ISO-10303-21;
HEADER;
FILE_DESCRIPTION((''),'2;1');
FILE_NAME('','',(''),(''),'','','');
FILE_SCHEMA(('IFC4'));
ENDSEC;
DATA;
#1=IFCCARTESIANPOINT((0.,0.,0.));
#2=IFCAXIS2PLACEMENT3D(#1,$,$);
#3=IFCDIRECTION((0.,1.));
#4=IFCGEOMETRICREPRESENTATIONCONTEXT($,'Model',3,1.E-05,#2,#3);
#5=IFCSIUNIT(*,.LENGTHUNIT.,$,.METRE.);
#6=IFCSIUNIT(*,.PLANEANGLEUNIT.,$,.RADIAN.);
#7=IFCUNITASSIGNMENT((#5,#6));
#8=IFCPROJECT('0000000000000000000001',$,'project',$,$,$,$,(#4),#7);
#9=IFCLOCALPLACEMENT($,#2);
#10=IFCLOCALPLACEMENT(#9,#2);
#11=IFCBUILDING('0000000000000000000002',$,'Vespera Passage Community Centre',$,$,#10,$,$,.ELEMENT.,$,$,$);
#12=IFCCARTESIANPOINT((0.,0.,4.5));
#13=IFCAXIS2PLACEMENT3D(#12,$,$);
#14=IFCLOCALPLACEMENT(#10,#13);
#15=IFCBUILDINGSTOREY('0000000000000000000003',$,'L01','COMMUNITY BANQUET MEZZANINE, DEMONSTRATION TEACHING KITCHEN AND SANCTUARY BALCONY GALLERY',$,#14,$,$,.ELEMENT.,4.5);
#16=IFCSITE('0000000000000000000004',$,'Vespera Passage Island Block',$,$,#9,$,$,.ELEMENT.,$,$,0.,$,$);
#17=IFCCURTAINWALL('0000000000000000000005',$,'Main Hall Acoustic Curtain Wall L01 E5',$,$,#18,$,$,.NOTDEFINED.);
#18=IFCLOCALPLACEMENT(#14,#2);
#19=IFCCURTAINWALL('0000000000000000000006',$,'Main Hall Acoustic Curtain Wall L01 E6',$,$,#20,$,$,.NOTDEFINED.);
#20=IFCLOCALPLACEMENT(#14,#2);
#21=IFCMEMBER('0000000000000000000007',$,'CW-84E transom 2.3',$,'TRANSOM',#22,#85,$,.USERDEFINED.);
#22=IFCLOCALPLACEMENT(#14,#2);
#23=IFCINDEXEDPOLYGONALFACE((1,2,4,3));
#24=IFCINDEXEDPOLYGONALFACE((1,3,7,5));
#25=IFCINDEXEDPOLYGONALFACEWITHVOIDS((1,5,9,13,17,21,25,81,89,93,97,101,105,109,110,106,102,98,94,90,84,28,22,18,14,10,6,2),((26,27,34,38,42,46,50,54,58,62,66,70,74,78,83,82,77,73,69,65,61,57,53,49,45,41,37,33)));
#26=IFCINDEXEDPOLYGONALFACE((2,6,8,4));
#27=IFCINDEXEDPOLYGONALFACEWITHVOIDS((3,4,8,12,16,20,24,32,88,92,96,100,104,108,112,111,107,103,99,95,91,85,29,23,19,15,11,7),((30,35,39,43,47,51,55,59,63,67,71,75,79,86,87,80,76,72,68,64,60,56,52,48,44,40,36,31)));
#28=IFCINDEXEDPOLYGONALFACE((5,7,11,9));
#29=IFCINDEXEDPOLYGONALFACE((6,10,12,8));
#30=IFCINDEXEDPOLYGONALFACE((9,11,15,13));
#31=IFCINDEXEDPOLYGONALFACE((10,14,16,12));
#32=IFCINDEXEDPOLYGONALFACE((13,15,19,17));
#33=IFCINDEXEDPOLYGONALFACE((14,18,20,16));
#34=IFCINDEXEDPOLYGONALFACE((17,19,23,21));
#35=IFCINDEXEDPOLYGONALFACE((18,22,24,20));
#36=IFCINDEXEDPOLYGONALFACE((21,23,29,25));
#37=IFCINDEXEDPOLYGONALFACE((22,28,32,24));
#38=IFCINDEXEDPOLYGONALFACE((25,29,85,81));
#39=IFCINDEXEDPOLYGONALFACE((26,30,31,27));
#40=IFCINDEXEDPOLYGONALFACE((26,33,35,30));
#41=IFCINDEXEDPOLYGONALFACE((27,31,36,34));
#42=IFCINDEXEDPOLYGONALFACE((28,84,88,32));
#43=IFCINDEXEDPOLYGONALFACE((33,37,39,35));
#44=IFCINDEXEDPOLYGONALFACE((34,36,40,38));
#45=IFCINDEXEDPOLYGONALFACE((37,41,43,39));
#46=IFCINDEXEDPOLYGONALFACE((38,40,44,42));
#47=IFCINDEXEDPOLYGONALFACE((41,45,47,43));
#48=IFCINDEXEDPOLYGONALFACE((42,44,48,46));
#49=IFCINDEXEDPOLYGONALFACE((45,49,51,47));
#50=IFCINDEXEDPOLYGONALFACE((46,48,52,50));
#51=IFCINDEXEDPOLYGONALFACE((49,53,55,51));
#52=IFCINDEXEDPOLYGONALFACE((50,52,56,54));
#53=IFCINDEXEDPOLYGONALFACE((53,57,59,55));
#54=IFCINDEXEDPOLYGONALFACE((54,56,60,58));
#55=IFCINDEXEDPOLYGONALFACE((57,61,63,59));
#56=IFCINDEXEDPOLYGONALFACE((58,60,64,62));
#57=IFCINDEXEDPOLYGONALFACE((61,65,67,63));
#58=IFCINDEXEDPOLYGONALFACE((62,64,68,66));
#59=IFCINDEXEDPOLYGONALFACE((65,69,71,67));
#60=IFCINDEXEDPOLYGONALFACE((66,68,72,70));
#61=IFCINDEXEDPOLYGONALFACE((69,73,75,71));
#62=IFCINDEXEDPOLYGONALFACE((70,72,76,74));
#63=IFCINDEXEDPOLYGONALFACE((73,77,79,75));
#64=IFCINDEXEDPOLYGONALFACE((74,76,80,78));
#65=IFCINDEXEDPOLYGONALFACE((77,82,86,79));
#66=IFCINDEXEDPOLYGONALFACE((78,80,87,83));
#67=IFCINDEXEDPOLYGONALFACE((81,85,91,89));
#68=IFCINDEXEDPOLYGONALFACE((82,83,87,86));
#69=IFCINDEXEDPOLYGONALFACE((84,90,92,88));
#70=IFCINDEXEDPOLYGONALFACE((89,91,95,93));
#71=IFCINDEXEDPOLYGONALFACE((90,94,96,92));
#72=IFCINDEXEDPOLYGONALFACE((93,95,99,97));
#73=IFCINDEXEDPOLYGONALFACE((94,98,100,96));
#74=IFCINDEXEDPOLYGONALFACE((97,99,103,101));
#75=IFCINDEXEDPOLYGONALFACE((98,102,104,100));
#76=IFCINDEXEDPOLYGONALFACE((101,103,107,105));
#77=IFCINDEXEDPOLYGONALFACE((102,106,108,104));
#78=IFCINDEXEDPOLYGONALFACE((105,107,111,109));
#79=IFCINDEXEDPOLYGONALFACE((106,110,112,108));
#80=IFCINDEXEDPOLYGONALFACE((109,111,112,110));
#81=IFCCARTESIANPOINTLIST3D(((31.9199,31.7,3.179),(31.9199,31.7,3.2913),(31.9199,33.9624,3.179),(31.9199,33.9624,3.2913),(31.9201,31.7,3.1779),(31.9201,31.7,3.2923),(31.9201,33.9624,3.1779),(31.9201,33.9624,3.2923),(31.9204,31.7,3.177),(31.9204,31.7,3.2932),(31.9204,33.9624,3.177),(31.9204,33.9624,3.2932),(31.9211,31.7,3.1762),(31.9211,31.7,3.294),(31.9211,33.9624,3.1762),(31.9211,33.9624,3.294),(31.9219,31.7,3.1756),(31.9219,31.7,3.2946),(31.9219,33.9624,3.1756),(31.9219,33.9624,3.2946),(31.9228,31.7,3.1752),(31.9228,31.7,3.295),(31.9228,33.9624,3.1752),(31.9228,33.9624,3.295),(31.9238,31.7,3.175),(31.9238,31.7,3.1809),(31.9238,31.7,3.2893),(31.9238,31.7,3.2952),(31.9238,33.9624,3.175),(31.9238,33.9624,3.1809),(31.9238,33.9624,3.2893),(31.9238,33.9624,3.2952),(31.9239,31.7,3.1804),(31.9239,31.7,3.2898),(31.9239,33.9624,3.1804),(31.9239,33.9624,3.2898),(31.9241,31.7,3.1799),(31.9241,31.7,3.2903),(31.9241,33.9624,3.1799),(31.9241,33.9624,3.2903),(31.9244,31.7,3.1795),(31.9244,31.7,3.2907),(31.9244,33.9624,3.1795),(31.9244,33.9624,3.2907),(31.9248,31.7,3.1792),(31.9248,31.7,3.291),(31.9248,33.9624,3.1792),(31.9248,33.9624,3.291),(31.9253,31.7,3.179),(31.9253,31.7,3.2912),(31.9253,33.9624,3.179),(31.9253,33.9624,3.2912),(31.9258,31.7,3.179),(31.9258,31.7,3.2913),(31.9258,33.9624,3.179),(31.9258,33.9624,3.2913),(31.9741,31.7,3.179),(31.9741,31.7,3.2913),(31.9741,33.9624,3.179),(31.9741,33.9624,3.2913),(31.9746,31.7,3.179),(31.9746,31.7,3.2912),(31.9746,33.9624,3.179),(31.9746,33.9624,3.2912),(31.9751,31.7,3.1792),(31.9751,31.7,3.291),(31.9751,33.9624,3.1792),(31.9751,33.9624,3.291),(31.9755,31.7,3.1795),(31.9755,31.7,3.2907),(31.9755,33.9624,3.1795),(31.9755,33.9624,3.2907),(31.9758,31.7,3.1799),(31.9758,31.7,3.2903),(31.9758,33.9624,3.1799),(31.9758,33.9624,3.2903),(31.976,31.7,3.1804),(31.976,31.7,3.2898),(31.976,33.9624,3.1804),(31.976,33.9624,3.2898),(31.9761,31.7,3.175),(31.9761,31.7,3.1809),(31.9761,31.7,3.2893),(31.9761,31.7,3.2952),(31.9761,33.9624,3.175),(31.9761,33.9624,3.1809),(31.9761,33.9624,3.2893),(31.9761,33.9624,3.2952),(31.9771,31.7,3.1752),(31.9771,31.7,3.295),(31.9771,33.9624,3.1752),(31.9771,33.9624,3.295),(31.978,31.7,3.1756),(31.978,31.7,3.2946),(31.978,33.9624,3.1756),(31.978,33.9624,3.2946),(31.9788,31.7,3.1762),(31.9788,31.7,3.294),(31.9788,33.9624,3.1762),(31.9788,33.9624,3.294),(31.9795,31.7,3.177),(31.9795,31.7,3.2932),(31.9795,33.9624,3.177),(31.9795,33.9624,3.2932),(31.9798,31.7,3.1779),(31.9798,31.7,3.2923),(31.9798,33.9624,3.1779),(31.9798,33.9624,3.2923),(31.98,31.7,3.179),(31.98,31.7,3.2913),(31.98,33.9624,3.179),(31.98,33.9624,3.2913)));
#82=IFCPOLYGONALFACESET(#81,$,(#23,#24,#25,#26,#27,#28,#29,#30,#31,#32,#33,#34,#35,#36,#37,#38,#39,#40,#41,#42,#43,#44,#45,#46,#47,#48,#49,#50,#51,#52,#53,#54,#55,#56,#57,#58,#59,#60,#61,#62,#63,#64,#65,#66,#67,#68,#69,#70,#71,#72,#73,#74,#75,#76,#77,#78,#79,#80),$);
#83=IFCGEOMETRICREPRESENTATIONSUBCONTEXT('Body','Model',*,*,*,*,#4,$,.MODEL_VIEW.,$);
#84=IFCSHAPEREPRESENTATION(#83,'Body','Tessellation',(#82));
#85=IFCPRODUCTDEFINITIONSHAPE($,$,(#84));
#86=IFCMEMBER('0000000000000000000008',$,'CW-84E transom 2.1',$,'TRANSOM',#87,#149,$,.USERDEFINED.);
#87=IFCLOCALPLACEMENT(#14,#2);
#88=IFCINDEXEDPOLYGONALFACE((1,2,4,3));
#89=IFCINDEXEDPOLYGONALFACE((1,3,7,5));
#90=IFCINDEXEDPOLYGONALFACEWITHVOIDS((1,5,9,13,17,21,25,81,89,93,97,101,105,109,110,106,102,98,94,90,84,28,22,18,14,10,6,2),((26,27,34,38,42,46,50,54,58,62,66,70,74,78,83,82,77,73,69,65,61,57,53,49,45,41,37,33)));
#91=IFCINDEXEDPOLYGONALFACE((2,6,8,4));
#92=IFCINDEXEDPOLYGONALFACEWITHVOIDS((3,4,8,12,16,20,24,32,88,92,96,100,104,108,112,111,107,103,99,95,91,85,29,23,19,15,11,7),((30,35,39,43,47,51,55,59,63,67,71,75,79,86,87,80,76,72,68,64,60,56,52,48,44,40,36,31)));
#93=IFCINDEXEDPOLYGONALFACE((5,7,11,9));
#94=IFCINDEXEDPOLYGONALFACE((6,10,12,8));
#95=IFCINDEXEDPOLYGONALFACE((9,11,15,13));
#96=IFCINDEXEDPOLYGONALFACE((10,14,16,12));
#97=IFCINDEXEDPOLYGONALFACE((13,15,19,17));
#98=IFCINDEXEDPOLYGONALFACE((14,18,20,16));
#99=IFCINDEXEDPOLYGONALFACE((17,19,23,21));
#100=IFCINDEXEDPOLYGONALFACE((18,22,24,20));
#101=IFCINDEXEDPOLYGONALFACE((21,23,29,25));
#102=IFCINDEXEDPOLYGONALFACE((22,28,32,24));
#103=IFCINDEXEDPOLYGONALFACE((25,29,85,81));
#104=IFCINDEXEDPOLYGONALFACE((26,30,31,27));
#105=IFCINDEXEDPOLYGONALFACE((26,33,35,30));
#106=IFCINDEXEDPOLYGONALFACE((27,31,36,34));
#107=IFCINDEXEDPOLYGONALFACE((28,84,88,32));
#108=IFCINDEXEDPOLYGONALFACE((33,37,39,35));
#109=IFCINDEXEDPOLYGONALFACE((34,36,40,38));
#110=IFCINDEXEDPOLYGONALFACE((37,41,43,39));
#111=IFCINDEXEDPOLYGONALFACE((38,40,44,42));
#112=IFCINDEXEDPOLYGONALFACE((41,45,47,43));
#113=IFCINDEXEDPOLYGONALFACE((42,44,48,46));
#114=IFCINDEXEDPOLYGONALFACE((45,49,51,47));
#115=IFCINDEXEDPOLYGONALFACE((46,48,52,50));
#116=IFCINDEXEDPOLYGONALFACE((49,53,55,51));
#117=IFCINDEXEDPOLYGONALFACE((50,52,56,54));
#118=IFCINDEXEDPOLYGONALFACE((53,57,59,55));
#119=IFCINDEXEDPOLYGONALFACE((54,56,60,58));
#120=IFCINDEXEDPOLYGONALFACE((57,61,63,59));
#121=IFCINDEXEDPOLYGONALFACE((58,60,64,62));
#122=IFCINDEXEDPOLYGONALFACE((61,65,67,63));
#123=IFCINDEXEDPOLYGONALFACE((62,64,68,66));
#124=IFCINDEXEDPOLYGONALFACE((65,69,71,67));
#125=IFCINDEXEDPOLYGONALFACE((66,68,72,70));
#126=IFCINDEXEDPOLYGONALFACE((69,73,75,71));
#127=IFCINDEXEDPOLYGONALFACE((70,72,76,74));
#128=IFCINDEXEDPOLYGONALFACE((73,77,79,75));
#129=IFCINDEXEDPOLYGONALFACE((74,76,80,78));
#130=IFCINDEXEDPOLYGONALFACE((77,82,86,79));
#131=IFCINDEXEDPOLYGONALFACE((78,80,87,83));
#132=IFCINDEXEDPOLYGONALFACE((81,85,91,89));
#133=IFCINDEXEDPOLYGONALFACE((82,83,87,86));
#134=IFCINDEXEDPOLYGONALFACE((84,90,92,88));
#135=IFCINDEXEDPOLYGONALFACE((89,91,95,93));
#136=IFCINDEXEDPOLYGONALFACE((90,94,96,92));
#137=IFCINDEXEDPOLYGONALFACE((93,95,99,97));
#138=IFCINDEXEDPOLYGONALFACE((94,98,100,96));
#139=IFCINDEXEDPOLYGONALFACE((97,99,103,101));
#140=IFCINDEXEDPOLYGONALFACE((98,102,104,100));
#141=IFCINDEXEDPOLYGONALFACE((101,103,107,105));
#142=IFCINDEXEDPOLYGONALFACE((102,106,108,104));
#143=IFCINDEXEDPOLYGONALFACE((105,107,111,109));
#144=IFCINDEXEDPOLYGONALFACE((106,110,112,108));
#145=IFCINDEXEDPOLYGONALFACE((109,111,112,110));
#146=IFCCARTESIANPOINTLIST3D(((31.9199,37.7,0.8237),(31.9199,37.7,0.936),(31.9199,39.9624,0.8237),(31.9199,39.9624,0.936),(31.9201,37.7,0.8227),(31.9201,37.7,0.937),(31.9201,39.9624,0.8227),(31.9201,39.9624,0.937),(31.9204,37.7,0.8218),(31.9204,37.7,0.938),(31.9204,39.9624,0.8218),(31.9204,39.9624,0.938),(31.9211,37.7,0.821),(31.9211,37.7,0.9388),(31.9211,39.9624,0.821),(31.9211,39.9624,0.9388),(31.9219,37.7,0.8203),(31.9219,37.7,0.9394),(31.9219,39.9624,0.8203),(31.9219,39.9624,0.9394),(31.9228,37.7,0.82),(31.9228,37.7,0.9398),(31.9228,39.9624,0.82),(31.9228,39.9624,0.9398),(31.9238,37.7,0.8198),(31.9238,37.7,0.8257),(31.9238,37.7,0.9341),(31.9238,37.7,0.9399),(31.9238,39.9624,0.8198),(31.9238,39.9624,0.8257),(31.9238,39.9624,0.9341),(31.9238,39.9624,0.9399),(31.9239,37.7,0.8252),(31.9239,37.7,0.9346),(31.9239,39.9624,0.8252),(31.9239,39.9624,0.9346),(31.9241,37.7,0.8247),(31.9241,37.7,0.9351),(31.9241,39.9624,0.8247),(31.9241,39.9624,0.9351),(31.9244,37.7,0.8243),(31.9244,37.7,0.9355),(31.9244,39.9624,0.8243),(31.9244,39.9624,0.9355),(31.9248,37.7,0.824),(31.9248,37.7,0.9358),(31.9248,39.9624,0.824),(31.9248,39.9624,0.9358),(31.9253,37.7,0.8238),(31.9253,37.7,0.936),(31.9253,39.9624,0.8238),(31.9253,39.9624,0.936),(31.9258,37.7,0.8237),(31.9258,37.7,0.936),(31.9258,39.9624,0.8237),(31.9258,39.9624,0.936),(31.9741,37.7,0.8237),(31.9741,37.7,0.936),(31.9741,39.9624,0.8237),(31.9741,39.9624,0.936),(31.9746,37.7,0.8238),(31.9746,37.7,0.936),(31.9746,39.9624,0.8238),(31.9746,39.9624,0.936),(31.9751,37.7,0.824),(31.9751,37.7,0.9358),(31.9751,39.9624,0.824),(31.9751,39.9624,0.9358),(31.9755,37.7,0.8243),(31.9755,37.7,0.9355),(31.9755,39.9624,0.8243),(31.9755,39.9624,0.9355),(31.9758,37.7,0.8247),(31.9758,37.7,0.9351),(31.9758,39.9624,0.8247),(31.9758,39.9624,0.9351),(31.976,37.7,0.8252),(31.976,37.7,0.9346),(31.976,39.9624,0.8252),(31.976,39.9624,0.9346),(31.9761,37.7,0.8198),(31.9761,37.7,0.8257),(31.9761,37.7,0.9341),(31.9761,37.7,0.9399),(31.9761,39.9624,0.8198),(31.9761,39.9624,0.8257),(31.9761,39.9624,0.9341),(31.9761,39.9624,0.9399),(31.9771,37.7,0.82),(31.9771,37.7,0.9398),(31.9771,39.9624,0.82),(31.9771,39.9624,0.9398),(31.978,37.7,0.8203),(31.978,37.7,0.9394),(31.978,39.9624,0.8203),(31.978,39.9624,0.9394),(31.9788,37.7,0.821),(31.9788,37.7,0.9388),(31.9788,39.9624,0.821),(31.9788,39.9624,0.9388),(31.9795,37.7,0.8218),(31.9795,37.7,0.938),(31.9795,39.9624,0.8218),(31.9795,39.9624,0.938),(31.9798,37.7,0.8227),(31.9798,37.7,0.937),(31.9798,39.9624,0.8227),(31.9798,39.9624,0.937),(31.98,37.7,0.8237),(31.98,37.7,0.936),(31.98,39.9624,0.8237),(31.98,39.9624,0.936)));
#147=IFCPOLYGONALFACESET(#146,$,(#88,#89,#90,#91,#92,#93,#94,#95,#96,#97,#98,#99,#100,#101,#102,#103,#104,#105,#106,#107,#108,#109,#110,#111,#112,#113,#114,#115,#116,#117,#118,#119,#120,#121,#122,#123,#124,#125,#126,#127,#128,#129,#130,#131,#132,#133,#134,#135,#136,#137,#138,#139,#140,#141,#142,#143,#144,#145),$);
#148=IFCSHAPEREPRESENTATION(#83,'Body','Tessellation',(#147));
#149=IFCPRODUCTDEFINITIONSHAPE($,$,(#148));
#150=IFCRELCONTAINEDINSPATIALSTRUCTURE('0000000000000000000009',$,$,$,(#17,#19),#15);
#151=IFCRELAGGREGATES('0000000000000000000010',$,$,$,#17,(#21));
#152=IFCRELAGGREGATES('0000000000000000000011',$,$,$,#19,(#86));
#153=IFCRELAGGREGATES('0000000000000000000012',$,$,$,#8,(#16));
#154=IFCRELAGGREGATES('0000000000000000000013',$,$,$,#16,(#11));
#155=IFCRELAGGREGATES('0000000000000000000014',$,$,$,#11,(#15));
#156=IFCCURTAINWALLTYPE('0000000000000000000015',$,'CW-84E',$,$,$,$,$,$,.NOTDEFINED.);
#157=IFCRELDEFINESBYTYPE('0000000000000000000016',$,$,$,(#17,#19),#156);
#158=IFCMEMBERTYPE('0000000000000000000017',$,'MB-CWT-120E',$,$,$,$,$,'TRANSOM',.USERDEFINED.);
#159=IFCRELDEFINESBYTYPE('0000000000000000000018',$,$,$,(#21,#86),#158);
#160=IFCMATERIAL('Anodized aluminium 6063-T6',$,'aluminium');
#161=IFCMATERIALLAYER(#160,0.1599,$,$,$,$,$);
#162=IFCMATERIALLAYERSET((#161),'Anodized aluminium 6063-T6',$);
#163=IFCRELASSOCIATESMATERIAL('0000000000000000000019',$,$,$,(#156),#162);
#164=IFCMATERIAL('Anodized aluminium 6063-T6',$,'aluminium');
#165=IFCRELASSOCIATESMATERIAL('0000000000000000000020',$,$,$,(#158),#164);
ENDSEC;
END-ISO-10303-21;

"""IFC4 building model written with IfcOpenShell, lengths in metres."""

from ifc_helpers import new_model, si_unit, direction, frame, origin, origin_2d, place, context, subcontext, project, spatial, hollow_rectangle, extrude, material, layer, layer_set, material_profile, profile_set, type_object, element, aggregate, save


model = new_model("IFC4")

# Units and contexts
model_context = context("Model", 3, precision=1e-05, world=origin(), true_north=direction((0.0, 1.0)))
body_context = subcontext(model_context, "Body", "Model", "MODEL_VIEW")
ifc_project = project(units=[si_unit("LENGTHUNIT", "METRE"), si_unit("PLANEANGLEUNIT", "RADIAN")], contexts=[model_context])

# Site, building, storey
site_placement = place(None, origin())
site = spatial("IfcSite", under=ifc_project, at=site_placement, Name="Vespera Passage Island Block", CompositionType="ELEMENT", RefElevation=0.0)
building_placement = place(site_placement, origin())
building = spatial("IfcBuilding", under=site, at=building_placement, Name="Vespera Passage Community Centre", CompositionType="ELEMENT")
storey_placement = place(building_placement, frame((0.0, 0.0, 4.5)))
storey = spatial("IfcBuildingStorey", under=building, at=storey_placement, Name="L01", Description="COMMUNITY BANQUET MEZZANINE, DEMONSTRATION TEACHING KITCHEN AND SANCTUARY BALCONY GALLERY", CompositionType="ELEMENT", Elevation=4.5)

# Curtain wall
ifc_material_1 = material(Name="Anodized aluminium 6063-T6", Category="aluminium")
ifc_layer_1 = layer(ifc_material_1, 0.1599)
ifc_layer_set_1 = layer_set([ifc_layer_1], Name="Anodized aluminium 6063-T6")
curtain_wall_type = type_object("IfcCurtainWallType", Name="CW-84E", PredefinedType="NOTDEFINED", material=ifc_layer_set_1)
curtain_wall_1_placement = place(storey_placement, origin())
curtain_wall_1 = element("IfcCurtainWall", 1, at=curtain_wall_1_placement, inside=storey, type_object=curtain_wall_type, Name="Main Hall Acoustic Curtain Wall L01 E5", PredefinedType="NOTDEFINED")

# Curtain wall
curtain_wall_2_placement = place(storey_placement, origin())
curtain_wall_2 = element("IfcCurtainWall", 2, at=curtain_wall_2_placement, inside=storey, type_object=curtain_wall_type, Name="Main Hall Acoustic Curtain Wall L01 E6", PredefinedType="NOTDEFINED")

# Members
ifc_material_2 = material(Name="Anodized aluminium 6063-T6", Category="aluminium")
ifc_material_profile_1 = material_profile(ifc_material_2, hollow_rectangle(XDim=0.0601, YDim=0.1201, WallThickness=0.0039, InnerFilletRadius=0.002, OuterFilletRadius=0.0039, at=origin_2d()), Name="ALU120X60X4")
ifc_profile_set_1 = profile_set([ifc_material_profile_1], Name="Anodized aluminium 6063-T6")
member_type_1 = type_object("IfcMemberType", Name="MB-CWT-120E", ElementType="TRANSOM", PredefinedType="USERDEFINED", material=ifc_profile_set_1)
member_1_placement = place(storey_placement, frame((31.95, 33.9624, 3.2351), z_axis=(0.0, -1.0, 0.0), x_axis=(1.0, 0.0, 0.0)))
member_1 = element("IfcMember", 3, at=member_1_placement, type_object=member_type_1, Name="CW-84E transom 2.3", ObjectType="TRANSOM", PredefinedType="USERDEFINED", context=body_context, shape_type="SweptSolid", body=[
    extrude(hollow_rectangle(XDim=0.0601, YDim=0.1201, WallThickness=0.0039, InnerFilletRadius=0.002, OuterFilletRadius=0.0039, at=origin_2d()), origin(), (0.0, 0.0, 1.0), 2.2625),
])
member_2_placement = place(storey_placement, frame((31.95, 39.9624, 0.8799), z_axis=(0.0, -1.0, 0.0), x_axis=(1.0, 0.0, 0.0)))
member_2 = element("IfcMember", 4, at=member_2_placement, type_object=member_type_1, Name="CW-84E transom 2.1", ObjectType="TRANSOM", PredefinedType="USERDEFINED", context=body_context, shape_type="SweptSolid", body=[
    extrude(hollow_rectangle(XDim=0.0601, YDim=0.1201, WallThickness=0.0039, InnerFilletRadius=0.002, OuterFilletRadius=0.0039, at=origin_2d()), origin(), (0.0, 0.0, 1.0), 2.2625),
])

aggregate(curtain_wall_1, [member_1])
aggregate(curtain_wall_2, [member_2])

save(model, "model.ifc")
